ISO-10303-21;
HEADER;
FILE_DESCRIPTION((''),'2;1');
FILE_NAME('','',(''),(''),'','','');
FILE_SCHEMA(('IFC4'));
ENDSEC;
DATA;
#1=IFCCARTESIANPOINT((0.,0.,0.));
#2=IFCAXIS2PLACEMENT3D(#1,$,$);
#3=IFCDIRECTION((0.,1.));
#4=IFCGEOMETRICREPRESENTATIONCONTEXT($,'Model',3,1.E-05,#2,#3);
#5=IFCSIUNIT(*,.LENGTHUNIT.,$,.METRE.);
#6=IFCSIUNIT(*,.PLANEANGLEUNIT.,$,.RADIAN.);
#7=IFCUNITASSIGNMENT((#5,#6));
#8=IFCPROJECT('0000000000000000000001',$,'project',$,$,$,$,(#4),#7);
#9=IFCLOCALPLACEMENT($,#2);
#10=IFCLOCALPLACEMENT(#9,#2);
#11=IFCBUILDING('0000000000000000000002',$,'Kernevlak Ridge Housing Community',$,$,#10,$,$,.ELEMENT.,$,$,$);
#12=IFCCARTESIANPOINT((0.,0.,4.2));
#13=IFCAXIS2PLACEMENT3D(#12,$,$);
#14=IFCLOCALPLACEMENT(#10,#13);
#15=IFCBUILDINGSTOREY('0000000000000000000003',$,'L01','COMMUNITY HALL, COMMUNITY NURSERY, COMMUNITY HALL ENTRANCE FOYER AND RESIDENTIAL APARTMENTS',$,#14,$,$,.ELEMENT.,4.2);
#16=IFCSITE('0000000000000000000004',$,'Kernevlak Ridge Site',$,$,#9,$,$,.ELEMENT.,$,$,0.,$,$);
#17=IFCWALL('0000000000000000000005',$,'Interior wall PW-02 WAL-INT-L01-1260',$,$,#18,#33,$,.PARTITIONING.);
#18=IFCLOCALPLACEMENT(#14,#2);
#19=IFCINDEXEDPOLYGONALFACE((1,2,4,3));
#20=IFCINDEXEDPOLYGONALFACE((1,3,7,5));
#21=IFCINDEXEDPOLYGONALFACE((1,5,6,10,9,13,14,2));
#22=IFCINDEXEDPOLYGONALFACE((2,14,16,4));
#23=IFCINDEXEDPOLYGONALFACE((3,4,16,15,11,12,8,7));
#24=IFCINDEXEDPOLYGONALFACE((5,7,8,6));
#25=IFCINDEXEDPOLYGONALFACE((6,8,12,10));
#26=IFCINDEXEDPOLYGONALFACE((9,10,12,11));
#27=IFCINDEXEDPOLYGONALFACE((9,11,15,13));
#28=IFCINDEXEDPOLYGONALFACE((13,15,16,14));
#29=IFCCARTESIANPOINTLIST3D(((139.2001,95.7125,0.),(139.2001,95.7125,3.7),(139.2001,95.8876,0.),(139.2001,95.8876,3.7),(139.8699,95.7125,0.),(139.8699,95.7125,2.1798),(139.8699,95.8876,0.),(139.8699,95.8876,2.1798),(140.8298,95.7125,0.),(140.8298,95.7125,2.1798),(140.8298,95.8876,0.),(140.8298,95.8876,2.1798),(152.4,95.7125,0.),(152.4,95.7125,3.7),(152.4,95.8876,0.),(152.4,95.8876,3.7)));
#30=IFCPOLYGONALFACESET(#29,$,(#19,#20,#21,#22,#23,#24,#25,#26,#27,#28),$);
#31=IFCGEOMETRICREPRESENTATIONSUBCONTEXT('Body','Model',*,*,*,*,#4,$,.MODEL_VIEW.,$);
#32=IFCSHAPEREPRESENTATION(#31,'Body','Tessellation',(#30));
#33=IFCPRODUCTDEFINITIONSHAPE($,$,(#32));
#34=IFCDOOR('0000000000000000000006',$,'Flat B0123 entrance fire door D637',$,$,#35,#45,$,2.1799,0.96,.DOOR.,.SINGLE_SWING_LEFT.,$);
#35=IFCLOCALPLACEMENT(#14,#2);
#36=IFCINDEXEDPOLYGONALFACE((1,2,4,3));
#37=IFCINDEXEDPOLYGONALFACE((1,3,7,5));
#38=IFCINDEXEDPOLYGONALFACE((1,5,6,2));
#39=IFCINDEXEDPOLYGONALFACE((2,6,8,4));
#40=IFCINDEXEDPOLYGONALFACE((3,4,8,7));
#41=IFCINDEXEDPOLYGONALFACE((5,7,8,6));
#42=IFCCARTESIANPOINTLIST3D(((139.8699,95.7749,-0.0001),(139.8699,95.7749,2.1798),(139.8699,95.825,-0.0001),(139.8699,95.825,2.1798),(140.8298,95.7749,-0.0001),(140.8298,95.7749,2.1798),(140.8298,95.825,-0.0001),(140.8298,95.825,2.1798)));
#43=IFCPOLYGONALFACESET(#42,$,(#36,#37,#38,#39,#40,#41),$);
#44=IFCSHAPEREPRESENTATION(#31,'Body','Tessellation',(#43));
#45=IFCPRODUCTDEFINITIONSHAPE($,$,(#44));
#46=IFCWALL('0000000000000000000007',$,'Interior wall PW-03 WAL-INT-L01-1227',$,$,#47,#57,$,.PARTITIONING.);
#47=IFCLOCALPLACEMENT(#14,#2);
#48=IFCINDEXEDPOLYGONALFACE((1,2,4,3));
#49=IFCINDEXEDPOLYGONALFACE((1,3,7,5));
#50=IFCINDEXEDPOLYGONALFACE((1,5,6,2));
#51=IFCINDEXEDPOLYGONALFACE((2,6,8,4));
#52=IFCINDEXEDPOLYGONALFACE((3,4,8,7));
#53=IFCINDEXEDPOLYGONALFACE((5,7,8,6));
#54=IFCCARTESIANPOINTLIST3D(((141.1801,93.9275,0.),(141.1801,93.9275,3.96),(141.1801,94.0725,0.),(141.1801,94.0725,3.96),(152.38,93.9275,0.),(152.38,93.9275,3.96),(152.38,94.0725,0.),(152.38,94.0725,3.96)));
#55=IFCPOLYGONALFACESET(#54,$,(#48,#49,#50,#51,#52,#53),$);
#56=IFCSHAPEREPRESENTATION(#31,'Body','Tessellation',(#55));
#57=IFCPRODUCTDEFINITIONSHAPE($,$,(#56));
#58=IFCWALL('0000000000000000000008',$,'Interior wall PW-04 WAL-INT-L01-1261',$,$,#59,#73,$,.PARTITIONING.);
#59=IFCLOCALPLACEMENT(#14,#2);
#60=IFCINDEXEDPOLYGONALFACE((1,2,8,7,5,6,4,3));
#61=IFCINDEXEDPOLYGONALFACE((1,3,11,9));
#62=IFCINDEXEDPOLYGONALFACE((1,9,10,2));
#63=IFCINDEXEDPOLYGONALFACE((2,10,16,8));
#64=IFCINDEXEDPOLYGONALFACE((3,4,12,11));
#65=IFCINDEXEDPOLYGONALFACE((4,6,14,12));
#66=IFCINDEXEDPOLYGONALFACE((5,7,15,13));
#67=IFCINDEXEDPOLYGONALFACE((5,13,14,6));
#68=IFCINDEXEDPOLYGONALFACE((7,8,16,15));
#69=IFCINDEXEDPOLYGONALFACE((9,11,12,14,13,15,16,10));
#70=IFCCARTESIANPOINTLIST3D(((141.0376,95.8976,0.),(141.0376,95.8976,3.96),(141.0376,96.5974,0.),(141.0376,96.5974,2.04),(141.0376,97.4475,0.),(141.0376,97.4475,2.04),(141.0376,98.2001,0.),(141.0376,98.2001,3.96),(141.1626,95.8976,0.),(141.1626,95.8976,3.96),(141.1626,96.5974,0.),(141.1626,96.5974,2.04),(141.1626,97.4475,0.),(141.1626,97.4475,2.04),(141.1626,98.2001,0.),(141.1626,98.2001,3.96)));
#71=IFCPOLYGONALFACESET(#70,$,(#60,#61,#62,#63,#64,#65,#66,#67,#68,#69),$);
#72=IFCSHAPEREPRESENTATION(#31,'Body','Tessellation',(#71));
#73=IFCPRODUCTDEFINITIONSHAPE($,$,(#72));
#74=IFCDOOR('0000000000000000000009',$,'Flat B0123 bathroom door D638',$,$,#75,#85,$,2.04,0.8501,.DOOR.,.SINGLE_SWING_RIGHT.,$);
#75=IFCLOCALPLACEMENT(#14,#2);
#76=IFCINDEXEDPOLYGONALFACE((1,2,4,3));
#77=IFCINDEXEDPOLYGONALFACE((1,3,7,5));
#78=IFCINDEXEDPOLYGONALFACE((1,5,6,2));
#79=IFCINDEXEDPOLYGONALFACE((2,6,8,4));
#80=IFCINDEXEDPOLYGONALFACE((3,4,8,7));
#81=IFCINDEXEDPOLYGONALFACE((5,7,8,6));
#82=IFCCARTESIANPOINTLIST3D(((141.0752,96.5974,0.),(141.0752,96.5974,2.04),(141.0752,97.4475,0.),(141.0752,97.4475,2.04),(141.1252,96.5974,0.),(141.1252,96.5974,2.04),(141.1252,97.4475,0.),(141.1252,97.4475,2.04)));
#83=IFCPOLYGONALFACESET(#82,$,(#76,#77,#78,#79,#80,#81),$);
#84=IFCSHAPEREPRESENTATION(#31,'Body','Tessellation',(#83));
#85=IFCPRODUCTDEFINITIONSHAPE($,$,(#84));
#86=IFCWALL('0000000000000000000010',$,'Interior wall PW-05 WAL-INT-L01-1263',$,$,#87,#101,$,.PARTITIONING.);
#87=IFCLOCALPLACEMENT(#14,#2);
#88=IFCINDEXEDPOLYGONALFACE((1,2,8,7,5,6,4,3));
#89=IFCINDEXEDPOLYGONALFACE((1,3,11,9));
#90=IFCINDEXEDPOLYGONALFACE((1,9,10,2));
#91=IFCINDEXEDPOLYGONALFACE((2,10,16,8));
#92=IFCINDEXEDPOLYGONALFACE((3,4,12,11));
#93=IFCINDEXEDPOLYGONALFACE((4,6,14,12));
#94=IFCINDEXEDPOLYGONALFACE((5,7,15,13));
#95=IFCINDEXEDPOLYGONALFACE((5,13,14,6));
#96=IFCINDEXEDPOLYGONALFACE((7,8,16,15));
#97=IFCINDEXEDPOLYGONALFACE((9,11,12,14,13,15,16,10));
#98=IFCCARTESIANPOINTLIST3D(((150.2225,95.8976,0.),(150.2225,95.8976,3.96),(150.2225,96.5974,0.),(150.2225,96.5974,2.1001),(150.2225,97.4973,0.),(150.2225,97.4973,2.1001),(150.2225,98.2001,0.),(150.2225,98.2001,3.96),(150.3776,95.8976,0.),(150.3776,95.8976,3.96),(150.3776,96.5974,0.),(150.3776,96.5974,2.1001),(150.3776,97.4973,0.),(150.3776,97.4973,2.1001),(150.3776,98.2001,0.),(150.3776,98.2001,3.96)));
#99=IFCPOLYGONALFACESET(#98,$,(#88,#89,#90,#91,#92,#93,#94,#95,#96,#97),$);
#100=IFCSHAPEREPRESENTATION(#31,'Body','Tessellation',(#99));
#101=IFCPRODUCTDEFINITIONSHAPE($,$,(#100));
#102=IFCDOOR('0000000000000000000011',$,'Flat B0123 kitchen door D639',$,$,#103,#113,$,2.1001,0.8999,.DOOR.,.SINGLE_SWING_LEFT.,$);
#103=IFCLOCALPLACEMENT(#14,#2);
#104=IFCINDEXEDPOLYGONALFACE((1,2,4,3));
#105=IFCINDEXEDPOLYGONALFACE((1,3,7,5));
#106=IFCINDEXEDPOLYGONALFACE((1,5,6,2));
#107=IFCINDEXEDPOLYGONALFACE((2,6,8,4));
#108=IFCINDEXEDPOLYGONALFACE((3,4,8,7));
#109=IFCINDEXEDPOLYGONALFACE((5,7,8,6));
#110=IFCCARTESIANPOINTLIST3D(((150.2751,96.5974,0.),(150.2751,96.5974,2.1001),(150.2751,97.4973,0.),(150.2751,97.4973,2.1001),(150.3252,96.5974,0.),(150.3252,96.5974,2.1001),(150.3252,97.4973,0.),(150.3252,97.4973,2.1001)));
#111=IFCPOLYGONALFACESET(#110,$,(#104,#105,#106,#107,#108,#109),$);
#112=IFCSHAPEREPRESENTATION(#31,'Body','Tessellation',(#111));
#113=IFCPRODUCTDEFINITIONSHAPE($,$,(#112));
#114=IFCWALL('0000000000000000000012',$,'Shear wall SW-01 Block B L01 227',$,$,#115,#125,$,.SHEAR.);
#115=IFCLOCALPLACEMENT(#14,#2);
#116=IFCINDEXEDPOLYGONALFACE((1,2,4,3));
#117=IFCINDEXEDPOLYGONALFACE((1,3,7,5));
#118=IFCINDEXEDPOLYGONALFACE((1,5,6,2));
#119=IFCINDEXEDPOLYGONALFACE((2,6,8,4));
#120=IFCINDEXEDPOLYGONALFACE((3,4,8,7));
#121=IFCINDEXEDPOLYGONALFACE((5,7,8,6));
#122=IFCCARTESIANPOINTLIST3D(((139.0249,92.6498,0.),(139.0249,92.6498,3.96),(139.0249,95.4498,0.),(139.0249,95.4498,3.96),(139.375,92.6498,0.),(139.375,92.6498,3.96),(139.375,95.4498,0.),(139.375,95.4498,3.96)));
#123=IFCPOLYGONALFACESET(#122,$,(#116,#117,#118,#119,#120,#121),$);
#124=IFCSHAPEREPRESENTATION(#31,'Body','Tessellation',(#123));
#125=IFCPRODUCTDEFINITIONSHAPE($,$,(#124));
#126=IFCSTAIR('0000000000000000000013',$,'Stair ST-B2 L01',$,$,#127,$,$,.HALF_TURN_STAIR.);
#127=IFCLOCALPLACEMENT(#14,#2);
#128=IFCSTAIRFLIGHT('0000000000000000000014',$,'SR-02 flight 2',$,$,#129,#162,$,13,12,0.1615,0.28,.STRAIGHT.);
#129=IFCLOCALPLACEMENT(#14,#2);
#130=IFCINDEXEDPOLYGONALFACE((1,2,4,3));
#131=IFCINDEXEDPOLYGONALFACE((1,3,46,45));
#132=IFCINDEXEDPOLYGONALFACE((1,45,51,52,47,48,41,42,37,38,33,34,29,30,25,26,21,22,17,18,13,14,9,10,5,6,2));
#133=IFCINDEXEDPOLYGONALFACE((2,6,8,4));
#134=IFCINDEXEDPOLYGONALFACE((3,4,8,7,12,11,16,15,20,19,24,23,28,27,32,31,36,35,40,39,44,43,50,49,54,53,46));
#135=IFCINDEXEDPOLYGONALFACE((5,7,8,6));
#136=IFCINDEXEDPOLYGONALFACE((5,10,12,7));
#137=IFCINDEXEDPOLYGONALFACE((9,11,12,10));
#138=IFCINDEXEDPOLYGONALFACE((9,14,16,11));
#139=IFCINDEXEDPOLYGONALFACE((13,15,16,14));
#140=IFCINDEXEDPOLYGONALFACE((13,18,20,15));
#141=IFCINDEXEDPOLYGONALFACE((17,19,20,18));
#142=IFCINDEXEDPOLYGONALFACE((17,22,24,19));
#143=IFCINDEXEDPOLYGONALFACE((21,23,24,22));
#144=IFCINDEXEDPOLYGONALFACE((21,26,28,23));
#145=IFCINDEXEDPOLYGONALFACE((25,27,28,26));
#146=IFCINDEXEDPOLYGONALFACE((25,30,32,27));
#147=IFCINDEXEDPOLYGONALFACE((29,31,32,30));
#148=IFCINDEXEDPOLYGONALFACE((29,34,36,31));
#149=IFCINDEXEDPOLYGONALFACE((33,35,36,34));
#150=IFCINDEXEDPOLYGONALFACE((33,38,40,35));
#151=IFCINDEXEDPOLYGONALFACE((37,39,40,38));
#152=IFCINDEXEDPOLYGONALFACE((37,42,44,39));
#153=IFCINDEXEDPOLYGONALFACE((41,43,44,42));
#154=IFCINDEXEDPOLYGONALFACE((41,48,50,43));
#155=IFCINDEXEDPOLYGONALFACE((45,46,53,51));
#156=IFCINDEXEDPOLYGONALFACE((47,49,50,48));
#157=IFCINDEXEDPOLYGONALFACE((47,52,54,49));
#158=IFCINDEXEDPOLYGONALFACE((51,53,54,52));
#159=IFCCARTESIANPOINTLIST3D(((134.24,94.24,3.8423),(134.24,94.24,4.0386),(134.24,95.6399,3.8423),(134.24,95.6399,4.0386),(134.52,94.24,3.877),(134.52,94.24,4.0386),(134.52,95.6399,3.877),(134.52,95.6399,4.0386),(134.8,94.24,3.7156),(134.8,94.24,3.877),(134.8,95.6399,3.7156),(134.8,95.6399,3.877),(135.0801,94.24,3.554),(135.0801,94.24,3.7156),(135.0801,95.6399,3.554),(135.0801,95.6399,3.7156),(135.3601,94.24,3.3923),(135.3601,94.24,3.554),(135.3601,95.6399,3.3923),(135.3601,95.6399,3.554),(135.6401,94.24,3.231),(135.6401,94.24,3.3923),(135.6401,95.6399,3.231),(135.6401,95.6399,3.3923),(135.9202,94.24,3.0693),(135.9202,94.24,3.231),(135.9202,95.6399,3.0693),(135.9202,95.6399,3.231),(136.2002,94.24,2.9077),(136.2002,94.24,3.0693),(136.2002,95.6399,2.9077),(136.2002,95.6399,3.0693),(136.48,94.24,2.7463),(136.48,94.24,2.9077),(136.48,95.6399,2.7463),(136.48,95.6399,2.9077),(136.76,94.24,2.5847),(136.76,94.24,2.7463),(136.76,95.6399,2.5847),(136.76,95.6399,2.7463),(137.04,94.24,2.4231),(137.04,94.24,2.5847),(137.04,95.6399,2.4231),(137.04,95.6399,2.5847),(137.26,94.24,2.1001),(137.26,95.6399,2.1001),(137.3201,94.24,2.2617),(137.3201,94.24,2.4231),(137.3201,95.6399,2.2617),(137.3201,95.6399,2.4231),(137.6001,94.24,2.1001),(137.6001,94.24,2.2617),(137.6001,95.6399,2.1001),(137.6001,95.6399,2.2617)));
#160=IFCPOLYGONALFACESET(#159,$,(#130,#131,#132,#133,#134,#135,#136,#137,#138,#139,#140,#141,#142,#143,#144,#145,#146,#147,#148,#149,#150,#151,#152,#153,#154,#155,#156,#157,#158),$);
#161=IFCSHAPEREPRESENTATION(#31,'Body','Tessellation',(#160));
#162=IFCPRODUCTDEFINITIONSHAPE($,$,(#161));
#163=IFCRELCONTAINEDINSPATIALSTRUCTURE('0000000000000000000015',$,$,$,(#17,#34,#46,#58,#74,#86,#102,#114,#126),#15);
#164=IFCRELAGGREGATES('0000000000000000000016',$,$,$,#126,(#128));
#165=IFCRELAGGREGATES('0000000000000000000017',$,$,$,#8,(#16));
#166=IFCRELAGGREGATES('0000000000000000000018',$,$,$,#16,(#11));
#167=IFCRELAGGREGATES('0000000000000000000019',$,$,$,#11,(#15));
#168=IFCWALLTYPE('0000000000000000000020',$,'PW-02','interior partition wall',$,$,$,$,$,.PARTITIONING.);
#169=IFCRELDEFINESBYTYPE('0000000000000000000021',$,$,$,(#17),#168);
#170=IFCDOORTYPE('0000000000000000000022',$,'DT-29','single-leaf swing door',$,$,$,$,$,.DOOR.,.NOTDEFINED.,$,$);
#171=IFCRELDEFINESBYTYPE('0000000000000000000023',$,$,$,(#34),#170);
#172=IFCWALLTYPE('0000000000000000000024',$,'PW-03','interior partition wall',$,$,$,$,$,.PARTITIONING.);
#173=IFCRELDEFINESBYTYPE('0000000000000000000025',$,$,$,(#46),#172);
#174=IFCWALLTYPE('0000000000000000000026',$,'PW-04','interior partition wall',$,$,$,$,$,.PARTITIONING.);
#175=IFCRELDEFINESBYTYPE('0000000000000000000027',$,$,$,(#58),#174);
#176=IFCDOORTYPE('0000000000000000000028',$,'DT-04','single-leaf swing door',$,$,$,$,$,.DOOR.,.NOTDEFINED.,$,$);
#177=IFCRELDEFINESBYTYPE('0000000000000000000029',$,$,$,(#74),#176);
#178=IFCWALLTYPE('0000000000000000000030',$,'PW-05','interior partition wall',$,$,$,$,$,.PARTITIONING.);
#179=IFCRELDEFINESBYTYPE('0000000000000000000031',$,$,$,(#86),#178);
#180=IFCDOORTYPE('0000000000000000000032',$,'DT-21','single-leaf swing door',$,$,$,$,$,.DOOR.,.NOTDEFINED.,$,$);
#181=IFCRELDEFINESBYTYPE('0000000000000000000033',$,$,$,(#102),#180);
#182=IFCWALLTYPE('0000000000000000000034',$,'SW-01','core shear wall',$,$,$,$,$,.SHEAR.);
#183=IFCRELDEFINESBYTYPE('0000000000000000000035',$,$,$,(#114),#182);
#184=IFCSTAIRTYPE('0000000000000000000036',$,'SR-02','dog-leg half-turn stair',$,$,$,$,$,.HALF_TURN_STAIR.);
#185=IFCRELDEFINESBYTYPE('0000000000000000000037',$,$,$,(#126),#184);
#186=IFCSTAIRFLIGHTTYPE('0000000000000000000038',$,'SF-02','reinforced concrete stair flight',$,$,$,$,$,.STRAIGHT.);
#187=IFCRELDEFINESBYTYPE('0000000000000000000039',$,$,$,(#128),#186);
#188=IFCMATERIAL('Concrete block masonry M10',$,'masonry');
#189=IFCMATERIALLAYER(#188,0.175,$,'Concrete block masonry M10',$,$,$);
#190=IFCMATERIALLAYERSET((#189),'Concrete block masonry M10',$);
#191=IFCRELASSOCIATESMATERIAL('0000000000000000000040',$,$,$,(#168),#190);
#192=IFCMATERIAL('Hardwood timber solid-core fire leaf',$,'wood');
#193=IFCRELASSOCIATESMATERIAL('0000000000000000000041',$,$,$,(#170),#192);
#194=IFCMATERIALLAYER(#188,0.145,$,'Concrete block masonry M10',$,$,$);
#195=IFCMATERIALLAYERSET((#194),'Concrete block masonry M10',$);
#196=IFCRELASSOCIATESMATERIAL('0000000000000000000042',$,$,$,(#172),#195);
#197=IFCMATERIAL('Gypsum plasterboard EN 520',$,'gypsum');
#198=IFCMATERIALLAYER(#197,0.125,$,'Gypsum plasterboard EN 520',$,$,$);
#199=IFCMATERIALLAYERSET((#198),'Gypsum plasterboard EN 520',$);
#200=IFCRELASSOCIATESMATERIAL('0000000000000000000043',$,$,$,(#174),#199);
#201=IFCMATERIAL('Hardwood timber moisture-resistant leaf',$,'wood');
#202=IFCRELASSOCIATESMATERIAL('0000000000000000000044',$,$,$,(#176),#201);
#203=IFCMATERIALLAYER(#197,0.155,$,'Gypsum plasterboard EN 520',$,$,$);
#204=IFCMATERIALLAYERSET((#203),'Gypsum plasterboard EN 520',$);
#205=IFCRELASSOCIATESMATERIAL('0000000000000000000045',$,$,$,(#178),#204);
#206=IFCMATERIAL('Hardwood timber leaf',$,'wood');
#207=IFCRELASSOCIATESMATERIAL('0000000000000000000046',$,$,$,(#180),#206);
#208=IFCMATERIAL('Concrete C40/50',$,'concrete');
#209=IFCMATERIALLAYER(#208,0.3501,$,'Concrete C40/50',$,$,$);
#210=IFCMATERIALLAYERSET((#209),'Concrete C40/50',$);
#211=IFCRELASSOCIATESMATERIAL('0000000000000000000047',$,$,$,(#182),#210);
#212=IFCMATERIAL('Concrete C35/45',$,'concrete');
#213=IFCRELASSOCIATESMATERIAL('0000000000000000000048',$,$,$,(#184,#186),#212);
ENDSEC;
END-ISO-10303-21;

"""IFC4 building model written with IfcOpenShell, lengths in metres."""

from ifc_helpers import new_model, si_unit, direction, frame, frame_2d, origin, place, context, subcontext, project, spatial, polyline, rectangle, outline, extrude, material, layer, layer_set, type_object, element, fill, aggregate, save


model = new_model("IFC4")

# Units and contexts
model_context = context("Model", 3, precision=1e-05, world=origin(), true_north=direction((0.0, 1.0)))
body_context = subcontext(model_context, "Body", "Model", "MODEL_VIEW")
ifc_project = project(units=[si_unit("LENGTHUNIT", "METRE"), si_unit("PLANEANGLEUNIT", "RADIAN")], contexts=[model_context])

# Site, building, storey
site_placement = place(None, origin())
site = spatial("IfcSite", under=ifc_project, at=site_placement, Name="Kernevlak Ridge Site", CompositionType="ELEMENT", RefElevation=0.0)
building_placement = place(site_placement, origin())
building = spatial("IfcBuilding", under=site, at=building_placement, Name="Kernevlak Ridge Housing Community", CompositionType="ELEMENT")
storey_placement = place(building_placement, frame((0.0, 0.0, 4.2)))
storey = spatial("IfcBuildingStorey", under=building, at=storey_placement, Name="L01", Description="COMMUNITY HALL, COMMUNITY NURSERY, COMMUNITY HALL ENTRANCE FOYER AND RESIDENTIAL APARTMENTS", CompositionType="ELEMENT", Elevation=4.2)

# Shared definitions
ifc_material_1 = material(Name="Concrete C40/50", Category="concrete")

# Shared definitions
ifc_material_2 = material(Name="Concrete C35/45", Category="concrete")

# Wall, opening, door
ifc_material_3 = material(Name="Concrete block masonry M10", Category="masonry")
ifc_layer_1 = layer(ifc_material_3, 0.175, Name="Concrete block masonry M10")
ifc_layer_set_1 = layer_set([ifc_layer_1], Name="Concrete block masonry M10")
wall_type_1 = type_object("IfcWallType", Name="PW-02", Description="interior partition wall", PredefinedType="PARTITIONING", material=ifc_layer_set_1)
wall_1_placement = place(storey_placement, frame((139.2, 95.8, 0.0), z_axis=(0.0, 0.0, 1.0), x_axis=(1.0, 0.0, 0.0)))
wall_1 = element("IfcWall", 1, at=wall_1_placement, inside=storey, type_object=wall_type_1, Name="Interior wall PW-02 WAL-INT-L01-1260", PredefinedType="PARTITIONING", context=body_context, shape_type="SweptSolid", body=[
    extrude(rectangle(XDim=13.2, YDim=0.175, at=frame_2d((6.6001, 0.0))), origin(), (0.0, 0.0, 1.0), 3.7),
])
opening_1_placement = place(wall_1_placement, frame((0.6699, 0.0, 0.0)))
opening_1 = element("IfcOpeningElement", 2, at=opening_1_placement, cuts=wall_1, PredefinedType="OPENING", context=body_context, shape_type="SweptSolid", body=[
    extrude(rectangle(XDim=0.96, YDim=2.1799, at=frame_2d((0.48, 1.0898))), frame((0.0, 0.0974, 0.0), z_axis=(0.0, -1.0, 0.0), x_axis=(1.0, 0.0, 0.0)), (0.0, 0.0, 1.0), 0.1951),
])
ifc_material_4 = material(Name="Hardwood timber solid-core fire leaf", Category="wood")
door_type_1 = type_object("IfcDoorType", Name="DT-29", Description="single-leaf swing door", OperationType="NOTDEFINED", PredefinedType="DOOR", material=ifc_material_4)
door_1_placement = place(opening_1_placement, origin())
door_1 = element("IfcDoor", 3, at=door_1_placement, inside=storey, type_object=door_type_1, Name="Flat B0123 entrance fire door D637", OperationType="SINGLE_SWING_LEFT", OverallHeight=2.1799, OverallWidth=0.96, PredefinedType="DOOR", context=body_context, shape_type="SweptSolid", body=[
    extrude(rectangle(XDim=0.96, YDim=2.1799, at=frame_2d((0.48, 1.0898))), frame((0.0, 0.0249, 0.0), z_axis=(0.0, -1.0, 0.0), x_axis=(1.0, 0.0, 0.0)), (0.0, 0.0, 1.0), 0.05),
])
fill(opening_1, door_1)

# Wall
ifc_layer_2 = layer(ifc_material_3, 0.145, Name="Concrete block masonry M10")
ifc_layer_set_2 = layer_set([ifc_layer_2], Name="Concrete block masonry M10")
wall_type_2 = type_object("IfcWallType", Name="PW-03", Description="interior partition wall", PredefinedType="PARTITIONING", material=ifc_layer_set_2)
wall_2_placement = place(storey_placement, frame((141.1799, 94.0, 0.0), z_axis=(0.0, 0.0, 1.0), x_axis=(1.0, 0.0, 0.0)))
element("IfcWall", 4, at=wall_2_placement, inside=storey, type_object=wall_type_2, Name="Interior wall PW-03 WAL-INT-L01-1227", PredefinedType="PARTITIONING", context=body_context, shape_type="SweptSolid", body=[
    extrude(rectangle(XDim=11.2, YDim=0.145, at=frame_2d((5.6001, 0.0))), origin(), (0.0, 0.0, 1.0), 3.96),
])

# Walls, openings, doors
ifc_material_5 = material(Name="Gypsum plasterboard EN 520", Category="gypsum")
ifc_layer_3 = layer(ifc_material_5, 0.125, Name="Gypsum plasterboard EN 520")
ifc_layer_set_3 = layer_set([ifc_layer_3], Name="Gypsum plasterboard EN 520")
wall_type_3 = type_object("IfcWallType", Name="PW-04", Description="interior partition wall", PredefinedType="PARTITIONING", material=ifc_layer_set_3)
wall_3_placement = place(storey_placement, frame((141.1001, 95.8975, 0.0), z_axis=(0.0, 0.0, 1.0), x_axis=(0.0, 1.0, 0.0)))
wall_3 = element("IfcWall", 5, at=wall_3_placement, inside=storey, type_object=wall_type_3, Name="Interior wall PW-04 WAL-INT-L01-1261", PredefinedType="PARTITIONING", context=body_context, shape_type="SweptSolid", body=[
    extrude(rectangle(XDim=2.3025, YDim=0.125, at=frame_2d((1.1514, 0.0))), origin(), (0.0, 0.0, 1.0), 3.96),
])
opening_2_placement = place(wall_3_placement, frame((0.7, 0.0, 0.0)))
opening_2 = element("IfcOpeningElement", 6, at=opening_2_placement, cuts=wall_3, PredefinedType="OPENING", context=body_context, shape_type="SweptSolid", body=[
    extrude(rectangle(XDim=0.8501, YDim=2.04, at=frame_2d((0.425, 1.02))), frame((0.0, 0.0725, 0.0), z_axis=(0.0, -1.0, 0.0), x_axis=(1.0, 0.0, 0.0)), (0.0, 0.0, 1.0), 0.145),
])
ifc_material_6 = material(Name="Hardwood timber moisture-resistant leaf", Category="wood")
door_type_2 = type_object("IfcDoorType", Name="DT-04", Description="single-leaf swing door", OperationType="NOTDEFINED", PredefinedType="DOOR", material=ifc_material_6)
door_2_placement = place(opening_2_placement, origin())
door_2 = element("IfcDoor", 7, at=door_2_placement, inside=storey, type_object=door_type_2, Name="Flat B0123 bathroom door D638", OperationType="SINGLE_SWING_RIGHT", OverallHeight=2.04, OverallWidth=0.8501, PredefinedType="DOOR", context=body_context, shape_type="SweptSolid", body=[
    extrude(rectangle(XDim=0.8501, YDim=2.04, at=frame_2d((0.425, 1.02))), frame((0.0, 0.0249, 0.0), z_axis=(0.0, -1.0, 0.0), x_axis=(1.0, 0.0, 0.0)), (0.0, 0.0, 1.0), 0.05),
])
fill(opening_2, door_2)
ifc_layer_4 = layer(ifc_material_5, 0.155, Name="Gypsum plasterboard EN 520")
ifc_layer_set_4 = layer_set([ifc_layer_4], Name="Gypsum plasterboard EN 520")
wall_type_4 = type_object("IfcWallType", Name="PW-05", Description="interior partition wall", PredefinedType="PARTITIONING", material=ifc_layer_set_4)
wall_4_placement = place(storey_placement, frame((150.3, 95.8975, 0.0), z_axis=(0.0, 0.0, 1.0), x_axis=(0.0, 1.0, 0.0)))
wall_4 = element("IfcWall", 8, at=wall_4_placement, inside=storey, type_object=wall_type_4, Name="Interior wall PW-05 WAL-INT-L01-1263", PredefinedType="PARTITIONING", context=body_context, shape_type="SweptSolid", body=[
    extrude(rectangle(XDim=2.3025, YDim=0.155, at=frame_2d((1.1514, 0.0))), origin(), (0.0, 0.0, 1.0), 3.96),
])
opening_3_placement = place(wall_4_placement, frame((0.7, 0.0, 0.0)))
opening_3 = element("IfcOpeningElement", 9, at=opening_3_placement, cuts=wall_4, PredefinedType="OPENING", context=body_context, shape_type="SweptSolid", body=[
    extrude(rectangle(XDim=0.8999, YDim=2.1001, at=frame_2d((0.45, 1.05))), frame((0.0, 0.0874, 0.0), z_axis=(0.0, -1.0, 0.0), x_axis=(1.0, 0.0, 0.0)), (0.0, 0.0, 1.0), 0.175),
])
ifc_material_7 = material(Name="Hardwood timber leaf", Category="wood")
door_type_3 = type_object("IfcDoorType", Name="DT-21", Description="single-leaf swing door", OperationType="NOTDEFINED", PredefinedType="DOOR", material=ifc_material_7)
door_3_placement = place(opening_3_placement, origin())
door_3 = element("IfcDoor", 10, at=door_3_placement, inside=storey, type_object=door_type_3, Name="Flat B0123 kitchen door D639", OperationType="SINGLE_SWING_LEFT", OverallHeight=2.1001, OverallWidth=0.8999, PredefinedType="DOOR", context=body_context, shape_type="SweptSolid", body=[
    extrude(rectangle(XDim=0.8999, YDim=2.1001, at=frame_2d((0.45, 1.05))), frame((0.0, 0.0249, 0.0), z_axis=(0.0, -1.0, 0.0), x_axis=(1.0, 0.0, 0.0)), (0.0, 0.0, 1.0), 0.05),
])
fill(opening_3, door_3)

# Wall
ifc_layer_5 = layer(ifc_material_1, 0.3501, Name="Concrete C40/50")
ifc_layer_set_5 = layer_set([ifc_layer_5], Name="Concrete C40/50")
wall_type_5 = type_object("IfcWallType", Name="SW-01", Description="core shear wall", PredefinedType="SHEAR", material=ifc_layer_set_5)
wall_5_placement = place(storey_placement, frame((139.2, 92.6499, 0.0), z_axis=(0.0, 0.0, 1.0), x_axis=(0.0, 1.0, 0.0)))
element("IfcWall", 11, at=wall_5_placement, inside=storey, type_object=wall_type_5, Name="Shear wall SW-01 Block B L01 227", PredefinedType="SHEAR", context=body_context, shape_type="SweptSolid", body=[
    extrude(rectangle(XDim=2.8, YDim=0.3501, at=frame_2d((1.3999, 0.0))), origin(), (0.0, 0.0, 1.0), 3.96),
])

# Stair, stair flight
stair_type = type_object("IfcStairType", Name="SR-02", Description="dog-leg half-turn stair", PredefinedType="HALF_TURN_STAIR", material=ifc_material_2)
stair_placement = place(storey_placement, origin())
stair = element("IfcStair", 12, at=stair_placement, inside=storey, type_object=stair_type, Name="Stair ST-B2 L01", PredefinedType="HALF_TURN_STAIR")
stair_flight_type = type_object("IfcStairFlightType", Name="SF-02", Description="reinforced concrete stair flight", PredefinedType="STRAIGHT", material=ifc_material_2)
stair_flight_placement = place(storey_placement, frame((137.6001, 94.9399, 2.1001), z_axis=(0.0, 0.0, 1.0), x_axis=(-1.0, 0.0, 0.0)))
stair_flight = element("IfcStairFlight", 13, at=stair_flight_placement, type_object=stair_flight_type, Name="SR-02 flight 2", NumberOfRisers=13, NumberOfTreads=12, PredefinedType="STRAIGHT", RiserHeight=0.1615, TreadLength=0.28, context=body_context, shape_type="SweptSolid", body=[
    extrude(outline(polyline([(0.0, 0.0), (0.0, 0.1616), (0.28, 0.1616), (0.28, 0.323), (0.5601, 0.323), (0.5601, 0.4846), (0.8401, 0.4846), (0.8401, 0.6462), (1.1201, 0.6462), (1.1201, 0.8076), (1.3999, 0.8076), (1.3999, 0.9692), (1.6799, 0.9692), (1.6799, 1.1309), (1.96, 1.1309), (1.96, 1.2922), (2.24, 1.2922), (2.24, 1.4539), (2.52, 1.4539), (2.52, 1.6155), (2.8, 1.6155), (2.8, 1.7769), (3.0801, 1.7769), (3.0801, 1.9385), (3.3601, 1.9385), (3.3601, 2.1001), (3.3601, 1.7422), (0.3401, 0.0), (0.0, 0.0)])), frame((0.0, 0.7, 0.0), z_axis=(0.0, -1.0, 0.0), x_axis=(1.0, 0.0, 0.0)), (0.0, 0.0, 1.0), 1.3999),
])
aggregate(stair, [stair_flight])

save(model, "model.ifc")
